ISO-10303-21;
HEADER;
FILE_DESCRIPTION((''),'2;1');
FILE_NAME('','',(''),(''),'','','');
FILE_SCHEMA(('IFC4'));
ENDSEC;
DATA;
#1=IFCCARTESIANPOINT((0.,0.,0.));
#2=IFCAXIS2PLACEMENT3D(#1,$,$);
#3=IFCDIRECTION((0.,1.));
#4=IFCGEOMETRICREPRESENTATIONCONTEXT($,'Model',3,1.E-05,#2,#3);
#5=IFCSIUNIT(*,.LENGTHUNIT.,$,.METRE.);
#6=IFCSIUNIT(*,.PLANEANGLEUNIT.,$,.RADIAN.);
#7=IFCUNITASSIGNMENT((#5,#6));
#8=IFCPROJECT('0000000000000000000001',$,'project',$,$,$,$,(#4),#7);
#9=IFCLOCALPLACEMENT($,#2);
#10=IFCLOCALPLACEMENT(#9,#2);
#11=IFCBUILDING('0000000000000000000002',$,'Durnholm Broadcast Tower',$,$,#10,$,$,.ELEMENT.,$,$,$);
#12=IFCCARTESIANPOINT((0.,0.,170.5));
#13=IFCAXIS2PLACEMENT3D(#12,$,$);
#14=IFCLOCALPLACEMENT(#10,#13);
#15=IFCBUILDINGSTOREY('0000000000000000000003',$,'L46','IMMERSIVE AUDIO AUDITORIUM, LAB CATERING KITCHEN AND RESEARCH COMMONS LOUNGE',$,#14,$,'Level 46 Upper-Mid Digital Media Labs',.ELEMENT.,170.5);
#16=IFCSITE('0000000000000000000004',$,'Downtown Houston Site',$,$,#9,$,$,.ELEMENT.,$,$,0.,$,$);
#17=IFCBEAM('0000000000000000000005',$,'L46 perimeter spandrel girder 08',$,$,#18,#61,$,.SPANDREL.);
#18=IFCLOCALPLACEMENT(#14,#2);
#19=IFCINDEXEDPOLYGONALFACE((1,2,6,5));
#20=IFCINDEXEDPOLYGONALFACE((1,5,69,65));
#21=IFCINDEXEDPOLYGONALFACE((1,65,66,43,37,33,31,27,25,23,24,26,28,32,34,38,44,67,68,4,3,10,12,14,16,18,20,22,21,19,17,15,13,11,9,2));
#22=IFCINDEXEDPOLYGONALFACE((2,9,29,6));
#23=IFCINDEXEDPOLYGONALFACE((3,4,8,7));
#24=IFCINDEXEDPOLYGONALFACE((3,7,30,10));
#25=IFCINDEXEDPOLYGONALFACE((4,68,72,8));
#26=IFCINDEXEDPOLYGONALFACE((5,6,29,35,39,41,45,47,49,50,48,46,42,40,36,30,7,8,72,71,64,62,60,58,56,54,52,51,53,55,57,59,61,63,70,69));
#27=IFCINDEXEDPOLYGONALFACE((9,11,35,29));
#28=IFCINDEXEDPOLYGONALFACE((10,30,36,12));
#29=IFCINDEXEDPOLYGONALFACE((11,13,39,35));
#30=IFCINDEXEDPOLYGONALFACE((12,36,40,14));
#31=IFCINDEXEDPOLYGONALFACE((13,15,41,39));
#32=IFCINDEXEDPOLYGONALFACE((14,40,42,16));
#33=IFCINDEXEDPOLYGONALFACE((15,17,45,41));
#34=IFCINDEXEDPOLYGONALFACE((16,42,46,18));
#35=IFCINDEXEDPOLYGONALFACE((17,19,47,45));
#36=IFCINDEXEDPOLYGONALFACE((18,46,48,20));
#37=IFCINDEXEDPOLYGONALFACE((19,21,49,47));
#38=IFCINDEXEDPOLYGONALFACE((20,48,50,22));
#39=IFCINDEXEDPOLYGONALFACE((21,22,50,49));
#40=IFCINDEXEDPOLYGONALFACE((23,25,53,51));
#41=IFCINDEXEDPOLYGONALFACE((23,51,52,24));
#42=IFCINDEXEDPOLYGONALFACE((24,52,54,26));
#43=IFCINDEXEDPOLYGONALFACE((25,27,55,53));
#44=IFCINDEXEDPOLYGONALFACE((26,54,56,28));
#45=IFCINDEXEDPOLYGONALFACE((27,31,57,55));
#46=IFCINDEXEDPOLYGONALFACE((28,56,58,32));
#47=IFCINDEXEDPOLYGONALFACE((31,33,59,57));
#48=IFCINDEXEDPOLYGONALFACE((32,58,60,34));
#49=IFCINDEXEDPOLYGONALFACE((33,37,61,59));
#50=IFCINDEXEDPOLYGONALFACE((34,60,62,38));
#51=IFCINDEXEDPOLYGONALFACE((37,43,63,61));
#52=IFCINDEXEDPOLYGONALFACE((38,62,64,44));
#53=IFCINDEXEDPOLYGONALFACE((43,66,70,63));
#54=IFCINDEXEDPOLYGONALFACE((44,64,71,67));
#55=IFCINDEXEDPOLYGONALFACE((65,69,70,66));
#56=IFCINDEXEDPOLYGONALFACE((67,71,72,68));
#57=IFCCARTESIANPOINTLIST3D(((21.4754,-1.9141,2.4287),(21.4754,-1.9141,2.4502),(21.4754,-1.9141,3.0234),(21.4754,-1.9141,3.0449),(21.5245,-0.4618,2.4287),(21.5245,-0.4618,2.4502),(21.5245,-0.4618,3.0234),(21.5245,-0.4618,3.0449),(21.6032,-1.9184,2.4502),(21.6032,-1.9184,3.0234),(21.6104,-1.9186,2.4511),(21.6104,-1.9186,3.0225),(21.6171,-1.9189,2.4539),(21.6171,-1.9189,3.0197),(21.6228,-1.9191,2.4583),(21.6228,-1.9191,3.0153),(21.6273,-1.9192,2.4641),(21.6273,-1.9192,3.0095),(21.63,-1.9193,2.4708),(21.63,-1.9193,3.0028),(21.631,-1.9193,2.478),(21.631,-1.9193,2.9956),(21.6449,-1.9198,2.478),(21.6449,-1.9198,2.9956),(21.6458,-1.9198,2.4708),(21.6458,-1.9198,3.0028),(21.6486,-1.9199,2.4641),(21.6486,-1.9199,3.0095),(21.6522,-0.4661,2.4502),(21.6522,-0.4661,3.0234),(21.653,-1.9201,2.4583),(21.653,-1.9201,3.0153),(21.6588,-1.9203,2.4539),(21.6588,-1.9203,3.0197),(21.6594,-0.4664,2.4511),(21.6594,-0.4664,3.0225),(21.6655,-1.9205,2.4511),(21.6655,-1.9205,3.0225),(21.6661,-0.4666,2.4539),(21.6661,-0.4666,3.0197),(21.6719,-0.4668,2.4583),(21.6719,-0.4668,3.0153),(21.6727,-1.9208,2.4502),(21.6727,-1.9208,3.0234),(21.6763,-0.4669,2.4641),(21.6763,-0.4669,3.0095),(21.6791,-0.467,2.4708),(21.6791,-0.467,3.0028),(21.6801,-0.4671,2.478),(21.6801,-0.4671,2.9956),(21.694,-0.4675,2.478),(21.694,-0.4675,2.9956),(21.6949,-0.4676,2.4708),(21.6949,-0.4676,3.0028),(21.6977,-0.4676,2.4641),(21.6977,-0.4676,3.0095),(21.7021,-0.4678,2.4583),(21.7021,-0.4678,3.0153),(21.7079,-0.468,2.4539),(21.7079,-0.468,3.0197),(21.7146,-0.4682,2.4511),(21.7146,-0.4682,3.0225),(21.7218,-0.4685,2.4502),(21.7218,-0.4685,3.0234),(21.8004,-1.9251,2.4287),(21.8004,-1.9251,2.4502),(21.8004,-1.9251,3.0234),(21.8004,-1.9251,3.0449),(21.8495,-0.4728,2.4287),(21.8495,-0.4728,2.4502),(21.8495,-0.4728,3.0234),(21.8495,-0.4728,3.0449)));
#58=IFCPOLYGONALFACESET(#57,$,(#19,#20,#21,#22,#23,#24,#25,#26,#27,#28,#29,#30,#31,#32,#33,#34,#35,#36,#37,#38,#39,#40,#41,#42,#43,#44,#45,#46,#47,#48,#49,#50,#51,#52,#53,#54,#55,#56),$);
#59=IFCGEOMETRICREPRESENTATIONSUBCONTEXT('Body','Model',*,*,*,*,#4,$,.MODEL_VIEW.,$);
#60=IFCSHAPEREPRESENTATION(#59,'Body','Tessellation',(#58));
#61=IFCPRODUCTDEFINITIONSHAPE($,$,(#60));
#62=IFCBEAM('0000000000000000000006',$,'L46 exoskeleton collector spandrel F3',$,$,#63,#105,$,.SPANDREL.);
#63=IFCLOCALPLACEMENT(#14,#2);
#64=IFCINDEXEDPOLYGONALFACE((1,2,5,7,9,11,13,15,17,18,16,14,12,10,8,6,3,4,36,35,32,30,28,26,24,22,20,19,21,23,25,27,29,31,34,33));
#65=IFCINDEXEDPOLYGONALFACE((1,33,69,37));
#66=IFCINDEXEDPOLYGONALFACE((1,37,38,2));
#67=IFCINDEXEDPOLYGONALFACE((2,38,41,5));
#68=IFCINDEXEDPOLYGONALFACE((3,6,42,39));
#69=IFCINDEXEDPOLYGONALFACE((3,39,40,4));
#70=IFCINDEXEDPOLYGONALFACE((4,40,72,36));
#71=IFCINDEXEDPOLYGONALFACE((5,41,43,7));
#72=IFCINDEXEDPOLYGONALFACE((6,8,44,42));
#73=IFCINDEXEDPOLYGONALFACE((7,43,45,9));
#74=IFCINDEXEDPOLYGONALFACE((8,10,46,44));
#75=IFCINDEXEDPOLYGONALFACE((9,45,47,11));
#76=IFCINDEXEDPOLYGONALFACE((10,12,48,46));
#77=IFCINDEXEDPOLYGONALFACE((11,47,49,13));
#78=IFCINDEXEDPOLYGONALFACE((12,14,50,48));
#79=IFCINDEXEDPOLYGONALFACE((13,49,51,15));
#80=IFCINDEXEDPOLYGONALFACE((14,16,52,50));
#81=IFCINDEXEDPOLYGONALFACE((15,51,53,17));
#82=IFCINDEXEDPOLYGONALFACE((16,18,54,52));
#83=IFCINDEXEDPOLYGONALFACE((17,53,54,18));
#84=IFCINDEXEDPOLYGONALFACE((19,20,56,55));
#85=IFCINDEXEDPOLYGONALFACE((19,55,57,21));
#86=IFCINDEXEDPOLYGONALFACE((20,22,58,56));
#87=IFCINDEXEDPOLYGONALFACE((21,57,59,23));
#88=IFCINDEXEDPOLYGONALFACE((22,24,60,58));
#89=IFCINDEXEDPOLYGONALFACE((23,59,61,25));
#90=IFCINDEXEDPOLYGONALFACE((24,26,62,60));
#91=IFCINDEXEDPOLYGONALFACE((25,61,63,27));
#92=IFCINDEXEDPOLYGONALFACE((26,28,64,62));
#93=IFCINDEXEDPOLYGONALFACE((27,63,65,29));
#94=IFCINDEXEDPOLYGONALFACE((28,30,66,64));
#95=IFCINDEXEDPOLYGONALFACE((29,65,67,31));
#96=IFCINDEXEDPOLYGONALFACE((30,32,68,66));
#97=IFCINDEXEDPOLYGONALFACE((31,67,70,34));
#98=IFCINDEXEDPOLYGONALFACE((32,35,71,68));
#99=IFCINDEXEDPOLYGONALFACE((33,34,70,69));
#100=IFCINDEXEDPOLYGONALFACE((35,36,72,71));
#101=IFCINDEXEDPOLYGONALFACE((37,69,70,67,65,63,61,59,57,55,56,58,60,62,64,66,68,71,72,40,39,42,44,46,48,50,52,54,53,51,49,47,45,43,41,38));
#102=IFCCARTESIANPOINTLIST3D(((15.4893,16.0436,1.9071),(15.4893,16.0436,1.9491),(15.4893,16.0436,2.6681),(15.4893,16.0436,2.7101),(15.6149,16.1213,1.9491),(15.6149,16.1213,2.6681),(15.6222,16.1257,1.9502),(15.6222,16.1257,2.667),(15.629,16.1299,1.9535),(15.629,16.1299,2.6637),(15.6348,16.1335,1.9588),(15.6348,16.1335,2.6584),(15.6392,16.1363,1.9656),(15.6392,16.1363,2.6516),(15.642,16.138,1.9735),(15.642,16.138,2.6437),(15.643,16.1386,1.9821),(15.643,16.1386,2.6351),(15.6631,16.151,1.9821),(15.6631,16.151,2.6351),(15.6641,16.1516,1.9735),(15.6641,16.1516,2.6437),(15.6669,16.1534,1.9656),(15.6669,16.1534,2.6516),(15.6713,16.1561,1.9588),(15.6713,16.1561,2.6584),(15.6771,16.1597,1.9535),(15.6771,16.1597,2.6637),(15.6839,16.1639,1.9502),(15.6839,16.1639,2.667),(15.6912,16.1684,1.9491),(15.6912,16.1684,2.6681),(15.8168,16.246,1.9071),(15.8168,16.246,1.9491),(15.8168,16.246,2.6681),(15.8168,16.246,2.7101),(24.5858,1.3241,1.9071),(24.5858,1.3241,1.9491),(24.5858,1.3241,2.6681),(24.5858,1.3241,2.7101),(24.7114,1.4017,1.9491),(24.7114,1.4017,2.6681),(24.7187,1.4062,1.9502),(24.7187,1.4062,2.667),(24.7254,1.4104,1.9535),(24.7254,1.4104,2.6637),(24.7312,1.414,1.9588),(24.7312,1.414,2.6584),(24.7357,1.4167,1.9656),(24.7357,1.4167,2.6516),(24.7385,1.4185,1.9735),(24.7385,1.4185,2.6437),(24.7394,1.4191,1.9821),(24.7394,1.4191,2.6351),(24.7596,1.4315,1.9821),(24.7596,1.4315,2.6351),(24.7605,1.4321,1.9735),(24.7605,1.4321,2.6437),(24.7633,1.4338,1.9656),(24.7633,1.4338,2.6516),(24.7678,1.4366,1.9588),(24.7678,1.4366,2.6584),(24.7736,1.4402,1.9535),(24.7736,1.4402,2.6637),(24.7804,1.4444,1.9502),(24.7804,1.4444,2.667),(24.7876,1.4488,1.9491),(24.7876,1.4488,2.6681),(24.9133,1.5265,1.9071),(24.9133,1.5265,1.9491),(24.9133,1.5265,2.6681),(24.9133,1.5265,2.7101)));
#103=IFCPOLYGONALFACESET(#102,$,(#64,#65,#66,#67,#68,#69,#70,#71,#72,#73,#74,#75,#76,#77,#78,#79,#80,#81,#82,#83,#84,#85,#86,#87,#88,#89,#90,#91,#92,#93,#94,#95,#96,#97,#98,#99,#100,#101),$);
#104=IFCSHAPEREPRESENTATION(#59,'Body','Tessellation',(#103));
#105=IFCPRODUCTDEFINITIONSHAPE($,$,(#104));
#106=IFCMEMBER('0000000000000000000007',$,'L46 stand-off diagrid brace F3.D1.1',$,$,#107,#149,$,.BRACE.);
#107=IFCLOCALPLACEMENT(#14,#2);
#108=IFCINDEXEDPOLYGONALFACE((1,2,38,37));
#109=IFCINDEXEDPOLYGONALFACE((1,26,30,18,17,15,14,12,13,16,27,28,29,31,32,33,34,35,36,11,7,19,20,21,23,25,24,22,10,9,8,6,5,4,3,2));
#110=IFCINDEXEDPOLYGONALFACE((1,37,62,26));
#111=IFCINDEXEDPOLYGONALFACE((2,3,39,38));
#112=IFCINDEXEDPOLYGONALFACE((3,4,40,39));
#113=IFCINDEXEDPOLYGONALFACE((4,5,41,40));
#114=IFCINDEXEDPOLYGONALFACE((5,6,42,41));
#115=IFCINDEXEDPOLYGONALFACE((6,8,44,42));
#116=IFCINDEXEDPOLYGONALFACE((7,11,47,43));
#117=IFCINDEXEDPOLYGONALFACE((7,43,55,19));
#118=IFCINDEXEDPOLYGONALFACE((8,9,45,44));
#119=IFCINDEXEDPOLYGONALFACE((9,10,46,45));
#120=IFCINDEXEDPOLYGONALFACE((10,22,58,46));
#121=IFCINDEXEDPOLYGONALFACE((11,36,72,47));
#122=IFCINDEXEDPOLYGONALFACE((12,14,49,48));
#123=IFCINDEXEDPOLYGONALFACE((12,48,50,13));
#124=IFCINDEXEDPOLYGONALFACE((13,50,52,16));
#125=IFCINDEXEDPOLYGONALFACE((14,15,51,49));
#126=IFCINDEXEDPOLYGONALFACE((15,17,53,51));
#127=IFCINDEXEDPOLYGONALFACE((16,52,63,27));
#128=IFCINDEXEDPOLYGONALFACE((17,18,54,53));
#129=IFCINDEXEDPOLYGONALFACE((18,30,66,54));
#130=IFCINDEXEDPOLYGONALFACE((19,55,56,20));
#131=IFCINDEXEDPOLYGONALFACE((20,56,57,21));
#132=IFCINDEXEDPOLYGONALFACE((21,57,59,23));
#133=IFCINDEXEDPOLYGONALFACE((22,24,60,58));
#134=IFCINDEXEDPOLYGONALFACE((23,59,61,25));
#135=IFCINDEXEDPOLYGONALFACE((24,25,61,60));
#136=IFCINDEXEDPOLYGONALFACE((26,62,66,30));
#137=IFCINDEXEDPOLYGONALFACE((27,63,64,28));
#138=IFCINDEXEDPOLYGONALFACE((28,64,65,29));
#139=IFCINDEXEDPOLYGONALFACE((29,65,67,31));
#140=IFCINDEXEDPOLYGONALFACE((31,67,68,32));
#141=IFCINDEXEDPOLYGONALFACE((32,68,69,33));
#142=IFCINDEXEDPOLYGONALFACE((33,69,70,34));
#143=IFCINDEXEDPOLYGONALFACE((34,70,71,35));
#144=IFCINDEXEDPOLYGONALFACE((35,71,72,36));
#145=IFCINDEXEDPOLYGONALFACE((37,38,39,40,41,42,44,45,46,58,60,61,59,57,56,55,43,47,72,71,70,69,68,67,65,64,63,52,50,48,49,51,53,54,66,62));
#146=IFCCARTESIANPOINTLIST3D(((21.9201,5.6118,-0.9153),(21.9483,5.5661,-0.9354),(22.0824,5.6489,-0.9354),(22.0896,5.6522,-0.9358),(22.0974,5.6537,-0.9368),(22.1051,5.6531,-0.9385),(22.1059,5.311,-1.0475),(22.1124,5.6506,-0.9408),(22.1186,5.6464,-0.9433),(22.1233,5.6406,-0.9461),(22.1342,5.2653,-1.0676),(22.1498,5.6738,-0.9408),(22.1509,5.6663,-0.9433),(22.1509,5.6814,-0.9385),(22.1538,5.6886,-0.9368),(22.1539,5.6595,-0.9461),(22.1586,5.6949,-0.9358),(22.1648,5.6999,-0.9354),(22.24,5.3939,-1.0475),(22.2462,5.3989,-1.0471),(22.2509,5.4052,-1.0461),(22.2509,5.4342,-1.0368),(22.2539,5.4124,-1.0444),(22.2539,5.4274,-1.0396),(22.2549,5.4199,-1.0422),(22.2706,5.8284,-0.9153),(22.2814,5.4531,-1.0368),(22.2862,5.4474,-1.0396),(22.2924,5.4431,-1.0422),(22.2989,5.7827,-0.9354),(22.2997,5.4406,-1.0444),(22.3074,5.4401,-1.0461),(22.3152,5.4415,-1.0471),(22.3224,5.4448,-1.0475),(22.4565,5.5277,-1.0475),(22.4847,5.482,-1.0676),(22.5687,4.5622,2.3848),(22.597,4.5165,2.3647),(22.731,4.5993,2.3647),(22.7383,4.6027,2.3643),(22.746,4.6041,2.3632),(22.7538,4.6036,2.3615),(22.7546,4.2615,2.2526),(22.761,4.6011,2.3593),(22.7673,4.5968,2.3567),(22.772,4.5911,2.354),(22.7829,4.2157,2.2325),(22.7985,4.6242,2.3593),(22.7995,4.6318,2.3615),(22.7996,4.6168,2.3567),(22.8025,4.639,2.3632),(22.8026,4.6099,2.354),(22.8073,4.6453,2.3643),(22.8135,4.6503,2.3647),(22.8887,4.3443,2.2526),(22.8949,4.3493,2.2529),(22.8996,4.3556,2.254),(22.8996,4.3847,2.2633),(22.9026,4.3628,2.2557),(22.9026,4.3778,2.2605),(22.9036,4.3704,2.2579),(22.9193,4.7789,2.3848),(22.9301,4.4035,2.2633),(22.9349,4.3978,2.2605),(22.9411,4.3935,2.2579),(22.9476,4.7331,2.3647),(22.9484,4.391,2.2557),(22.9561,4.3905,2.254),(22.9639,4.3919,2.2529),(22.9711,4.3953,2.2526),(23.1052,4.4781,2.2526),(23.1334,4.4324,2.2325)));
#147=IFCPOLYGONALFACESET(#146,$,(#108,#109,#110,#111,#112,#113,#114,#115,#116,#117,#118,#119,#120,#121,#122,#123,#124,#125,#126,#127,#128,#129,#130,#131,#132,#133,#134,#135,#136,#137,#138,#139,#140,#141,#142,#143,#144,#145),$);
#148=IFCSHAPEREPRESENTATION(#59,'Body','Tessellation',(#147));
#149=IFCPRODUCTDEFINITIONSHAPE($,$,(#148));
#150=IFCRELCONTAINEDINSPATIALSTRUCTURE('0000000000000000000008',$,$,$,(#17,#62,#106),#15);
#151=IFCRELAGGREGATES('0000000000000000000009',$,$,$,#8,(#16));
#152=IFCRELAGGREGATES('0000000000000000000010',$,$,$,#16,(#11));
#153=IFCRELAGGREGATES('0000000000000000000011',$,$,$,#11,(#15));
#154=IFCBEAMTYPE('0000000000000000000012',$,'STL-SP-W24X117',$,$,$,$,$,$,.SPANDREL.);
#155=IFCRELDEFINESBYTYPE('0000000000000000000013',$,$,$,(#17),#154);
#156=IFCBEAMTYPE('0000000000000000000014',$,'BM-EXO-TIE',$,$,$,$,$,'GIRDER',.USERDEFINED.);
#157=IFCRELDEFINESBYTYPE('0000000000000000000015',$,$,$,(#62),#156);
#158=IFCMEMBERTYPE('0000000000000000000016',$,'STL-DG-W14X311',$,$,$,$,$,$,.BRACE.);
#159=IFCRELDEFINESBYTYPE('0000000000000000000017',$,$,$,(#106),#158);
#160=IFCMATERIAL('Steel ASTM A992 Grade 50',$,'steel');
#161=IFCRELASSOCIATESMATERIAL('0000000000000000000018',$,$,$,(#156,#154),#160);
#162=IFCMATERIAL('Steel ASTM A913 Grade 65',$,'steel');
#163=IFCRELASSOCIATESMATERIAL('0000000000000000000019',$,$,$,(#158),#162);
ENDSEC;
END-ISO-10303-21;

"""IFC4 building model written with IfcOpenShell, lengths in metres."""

from ifc_helpers import new_model, si_unit, direction, frame, origin, origin_2d, place, context, subcontext, project, spatial, i_section, extrude, source, transform, mapped, material, material_profile, profile_set, type_object, element, save


model = new_model("IFC4")

# Units and contexts
model_context = context("Model", 3, precision=1e-05, world=origin(), true_north=direction((0.0, 1.0)))
body_context = subcontext(model_context, "Body", "Model", "MODEL_VIEW")
ifc_project = project(units=[si_unit("LENGTHUNIT", "METRE"), si_unit("PLANEANGLEUNIT", "RADIAN")], contexts=[model_context])

# Site, building, storey
site_placement = place(None, origin())
site = spatial("IfcSite", under=ifc_project, at=site_placement, Name="Downtown Houston Site", CompositionType="ELEMENT", RefElevation=0.0)
building_placement = place(site_placement, origin())
building = spatial("IfcBuilding", under=site, at=building_placement, Name="Durnholm Broadcast Tower", CompositionType="ELEMENT")
storey_placement = place(building_placement, frame((0.0, 0.0, 170.5)))
storey = spatial("IfcBuildingStorey", under=building, at=storey_placement, Name="L46", Description="IMMERSIVE AUDIO AUDITORIUM, LAB CATERING KITCHEN AND RESEARCH COMMONS LOUNGE", LongName="Level 46 Upper-Mid Digital Media Labs", CompositionType="ELEMENT", Elevation=170.5)

# Beams
ifc_material_1 = material(Name="Steel ASTM A992 Grade 50", Category="steel")
ifc_material_profile_1 = material_profile(ifc_material_1, i_section(OverallWidth=0.385, OverallDepth=0.803, WebThickness=0.0237, FlangeThickness=0.042, FilletRadius=0.033, at=origin_2d()), Name="W30X261")
ifc_profile_set_1 = profile_set([ifc_material_profile_1], Name="Steel ASTM A992 Grade 50")
beam_type_1 = type_object("IfcBeamType", Name="BM-EXO-TIE", ElementType="GIRDER", PredefinedType="USERDEFINED", material=ifc_profile_set_1)
ifc_material_profile_2 = material_profile(ifc_material_1, i_section(OverallWidth=0.3252, OverallDepth=0.6162, WebThickness=0.0139, FlangeThickness=0.0215, FilletRadius=0.0278, at=origin_2d()), Name="W24X117")
ifc_profile_set_2 = profile_set([ifc_material_profile_2], Name="Steel ASTM A992 Grade 50")
beam_type_2 = type_object("IfcBeamType", Name="STL-SP-W24X117", PredefinedType="SPANDREL", material=ifc_profile_set_2)
shared_shape_1 = source(origin(), body_context, "Body", "SweptSolid", [
    extrude(i_section(OverallWidth=0.3252, OverallDepth=0.6162, WebThickness=0.0139, FlangeThickness=0.0215, FilletRadius=0.0278, at=origin_2d()), origin(), (0.0, 0.0, 1.0), 1.4531),
])
beam_1_placement = place(storey_placement, frame((21.687, -0.4673, 2.7368), z_axis=(-0.033768, -0.99943, 0.0), x_axis=(0.99943, -0.033768, 0.0)))
element("IfcBeam", 1, at=beam_1_placement, inside=storey, type_object=beam_type_2, Name="L46 perimeter spandrel girder 08", PredefinedType="SPANDREL", context=body_context, shape_type="MappedRepresentation", body=[
    mapped(shared_shape_1, transform((0.0, 0.0, 0.0), x_axis=(1.0, 0.0, 0.0), y_axis=(0.0, 1.0, 0.0), z_axis=(0.0, 0.0, 1.0), scale=1.0)),
])
shared_shape_2 = source(origin(), body_context, "Body", "SweptSolid", [
    extrude(i_section(OverallWidth=0.385, OverallDepth=0.803, WebThickness=0.0237, FlangeThickness=0.042, FilletRadius=0.033, at=origin_2d()), origin(), (0.0, 0.0, 1.0), 17.3035),
])
beam_2_placement = place(storey_placement, frame((24.7495, 1.4253, 2.3086), z_axis=(-0.525702, 0.850669, 0.0), x_axis=(-0.850669, -0.525702, 0.0)))
element("IfcBeam", 2, at=beam_2_placement, inside=storey, type_object=beam_type_1, Name="L46 exoskeleton collector spandrel F3", PredefinedType="SPANDREL", context=body_context, shape_type="MappedRepresentation", body=[
    mapped(shared_shape_2, transform((0.0, 0.0, 0.0), x_axis=(1.0, 0.0, 0.0), y_axis=(0.0, 1.0, 0.0), z_axis=(0.0, 0.0, 1.0), scale=1.0)),
])

# Member
ifc_material_2 = material(Name="Steel ASTM A913 Grade 65", Category="steel")
ifc_material_profile_3 = material_profile(ifc_material_2, i_section(OverallWidth=0.4121, OverallDepth=0.4348, WebThickness=0.0359, FlangeThickness=0.0574, FilletRadius=0.0305, at=origin_2d()), Name="W14X311")
ifc_profile_set_3 = profile_set([ifc_material_profile_3], Name="Steel ASTM A913 Grade 65")
member_type_1 = type_object("IfcMemberType", Name="STL-DG-W14X311", PredefinedType="BRACE", material=ifc_profile_set_3)
shared_shape_3 = source(origin(), body_context, "Body", "SweptSolid", [
    extrude(i_section(OverallWidth=0.4121, OverallDepth=0.4348, WebThickness=0.0359, FlangeThickness=0.0574, FilletRadius=0.0305, at=origin_2d()), origin(), (0.0, 0.0, 1.0), 3.5232),
])
for number, where, z_axis, x_axis, name in (
    (3, (22.2024, 5.5469, -0.9915), (0.184119, -0.297903, 0.936672), (0.850644, 0.525741, 0.0), "L46 stand-off diagrid brace F3.D1.1"),
):
    element("IfcMember", number, at=place(storey_placement, frame(where, z_axis=z_axis, x_axis=x_axis)), inside=storey, type_object=member_type_1, Name=name, PredefinedType="BRACE", context=body_context, shape_type="MappedRepresentation", body=[
        mapped(shared_shape_3, transform((0.0, 0.0, 0.0), x_axis=(1.0, 0.0, 0.0), y_axis=(0.0, 1.0, 0.0), z_axis=(0.0, 0.0, 1.0), scale=1.0)),
    ])

save(model, "model.ifc")
